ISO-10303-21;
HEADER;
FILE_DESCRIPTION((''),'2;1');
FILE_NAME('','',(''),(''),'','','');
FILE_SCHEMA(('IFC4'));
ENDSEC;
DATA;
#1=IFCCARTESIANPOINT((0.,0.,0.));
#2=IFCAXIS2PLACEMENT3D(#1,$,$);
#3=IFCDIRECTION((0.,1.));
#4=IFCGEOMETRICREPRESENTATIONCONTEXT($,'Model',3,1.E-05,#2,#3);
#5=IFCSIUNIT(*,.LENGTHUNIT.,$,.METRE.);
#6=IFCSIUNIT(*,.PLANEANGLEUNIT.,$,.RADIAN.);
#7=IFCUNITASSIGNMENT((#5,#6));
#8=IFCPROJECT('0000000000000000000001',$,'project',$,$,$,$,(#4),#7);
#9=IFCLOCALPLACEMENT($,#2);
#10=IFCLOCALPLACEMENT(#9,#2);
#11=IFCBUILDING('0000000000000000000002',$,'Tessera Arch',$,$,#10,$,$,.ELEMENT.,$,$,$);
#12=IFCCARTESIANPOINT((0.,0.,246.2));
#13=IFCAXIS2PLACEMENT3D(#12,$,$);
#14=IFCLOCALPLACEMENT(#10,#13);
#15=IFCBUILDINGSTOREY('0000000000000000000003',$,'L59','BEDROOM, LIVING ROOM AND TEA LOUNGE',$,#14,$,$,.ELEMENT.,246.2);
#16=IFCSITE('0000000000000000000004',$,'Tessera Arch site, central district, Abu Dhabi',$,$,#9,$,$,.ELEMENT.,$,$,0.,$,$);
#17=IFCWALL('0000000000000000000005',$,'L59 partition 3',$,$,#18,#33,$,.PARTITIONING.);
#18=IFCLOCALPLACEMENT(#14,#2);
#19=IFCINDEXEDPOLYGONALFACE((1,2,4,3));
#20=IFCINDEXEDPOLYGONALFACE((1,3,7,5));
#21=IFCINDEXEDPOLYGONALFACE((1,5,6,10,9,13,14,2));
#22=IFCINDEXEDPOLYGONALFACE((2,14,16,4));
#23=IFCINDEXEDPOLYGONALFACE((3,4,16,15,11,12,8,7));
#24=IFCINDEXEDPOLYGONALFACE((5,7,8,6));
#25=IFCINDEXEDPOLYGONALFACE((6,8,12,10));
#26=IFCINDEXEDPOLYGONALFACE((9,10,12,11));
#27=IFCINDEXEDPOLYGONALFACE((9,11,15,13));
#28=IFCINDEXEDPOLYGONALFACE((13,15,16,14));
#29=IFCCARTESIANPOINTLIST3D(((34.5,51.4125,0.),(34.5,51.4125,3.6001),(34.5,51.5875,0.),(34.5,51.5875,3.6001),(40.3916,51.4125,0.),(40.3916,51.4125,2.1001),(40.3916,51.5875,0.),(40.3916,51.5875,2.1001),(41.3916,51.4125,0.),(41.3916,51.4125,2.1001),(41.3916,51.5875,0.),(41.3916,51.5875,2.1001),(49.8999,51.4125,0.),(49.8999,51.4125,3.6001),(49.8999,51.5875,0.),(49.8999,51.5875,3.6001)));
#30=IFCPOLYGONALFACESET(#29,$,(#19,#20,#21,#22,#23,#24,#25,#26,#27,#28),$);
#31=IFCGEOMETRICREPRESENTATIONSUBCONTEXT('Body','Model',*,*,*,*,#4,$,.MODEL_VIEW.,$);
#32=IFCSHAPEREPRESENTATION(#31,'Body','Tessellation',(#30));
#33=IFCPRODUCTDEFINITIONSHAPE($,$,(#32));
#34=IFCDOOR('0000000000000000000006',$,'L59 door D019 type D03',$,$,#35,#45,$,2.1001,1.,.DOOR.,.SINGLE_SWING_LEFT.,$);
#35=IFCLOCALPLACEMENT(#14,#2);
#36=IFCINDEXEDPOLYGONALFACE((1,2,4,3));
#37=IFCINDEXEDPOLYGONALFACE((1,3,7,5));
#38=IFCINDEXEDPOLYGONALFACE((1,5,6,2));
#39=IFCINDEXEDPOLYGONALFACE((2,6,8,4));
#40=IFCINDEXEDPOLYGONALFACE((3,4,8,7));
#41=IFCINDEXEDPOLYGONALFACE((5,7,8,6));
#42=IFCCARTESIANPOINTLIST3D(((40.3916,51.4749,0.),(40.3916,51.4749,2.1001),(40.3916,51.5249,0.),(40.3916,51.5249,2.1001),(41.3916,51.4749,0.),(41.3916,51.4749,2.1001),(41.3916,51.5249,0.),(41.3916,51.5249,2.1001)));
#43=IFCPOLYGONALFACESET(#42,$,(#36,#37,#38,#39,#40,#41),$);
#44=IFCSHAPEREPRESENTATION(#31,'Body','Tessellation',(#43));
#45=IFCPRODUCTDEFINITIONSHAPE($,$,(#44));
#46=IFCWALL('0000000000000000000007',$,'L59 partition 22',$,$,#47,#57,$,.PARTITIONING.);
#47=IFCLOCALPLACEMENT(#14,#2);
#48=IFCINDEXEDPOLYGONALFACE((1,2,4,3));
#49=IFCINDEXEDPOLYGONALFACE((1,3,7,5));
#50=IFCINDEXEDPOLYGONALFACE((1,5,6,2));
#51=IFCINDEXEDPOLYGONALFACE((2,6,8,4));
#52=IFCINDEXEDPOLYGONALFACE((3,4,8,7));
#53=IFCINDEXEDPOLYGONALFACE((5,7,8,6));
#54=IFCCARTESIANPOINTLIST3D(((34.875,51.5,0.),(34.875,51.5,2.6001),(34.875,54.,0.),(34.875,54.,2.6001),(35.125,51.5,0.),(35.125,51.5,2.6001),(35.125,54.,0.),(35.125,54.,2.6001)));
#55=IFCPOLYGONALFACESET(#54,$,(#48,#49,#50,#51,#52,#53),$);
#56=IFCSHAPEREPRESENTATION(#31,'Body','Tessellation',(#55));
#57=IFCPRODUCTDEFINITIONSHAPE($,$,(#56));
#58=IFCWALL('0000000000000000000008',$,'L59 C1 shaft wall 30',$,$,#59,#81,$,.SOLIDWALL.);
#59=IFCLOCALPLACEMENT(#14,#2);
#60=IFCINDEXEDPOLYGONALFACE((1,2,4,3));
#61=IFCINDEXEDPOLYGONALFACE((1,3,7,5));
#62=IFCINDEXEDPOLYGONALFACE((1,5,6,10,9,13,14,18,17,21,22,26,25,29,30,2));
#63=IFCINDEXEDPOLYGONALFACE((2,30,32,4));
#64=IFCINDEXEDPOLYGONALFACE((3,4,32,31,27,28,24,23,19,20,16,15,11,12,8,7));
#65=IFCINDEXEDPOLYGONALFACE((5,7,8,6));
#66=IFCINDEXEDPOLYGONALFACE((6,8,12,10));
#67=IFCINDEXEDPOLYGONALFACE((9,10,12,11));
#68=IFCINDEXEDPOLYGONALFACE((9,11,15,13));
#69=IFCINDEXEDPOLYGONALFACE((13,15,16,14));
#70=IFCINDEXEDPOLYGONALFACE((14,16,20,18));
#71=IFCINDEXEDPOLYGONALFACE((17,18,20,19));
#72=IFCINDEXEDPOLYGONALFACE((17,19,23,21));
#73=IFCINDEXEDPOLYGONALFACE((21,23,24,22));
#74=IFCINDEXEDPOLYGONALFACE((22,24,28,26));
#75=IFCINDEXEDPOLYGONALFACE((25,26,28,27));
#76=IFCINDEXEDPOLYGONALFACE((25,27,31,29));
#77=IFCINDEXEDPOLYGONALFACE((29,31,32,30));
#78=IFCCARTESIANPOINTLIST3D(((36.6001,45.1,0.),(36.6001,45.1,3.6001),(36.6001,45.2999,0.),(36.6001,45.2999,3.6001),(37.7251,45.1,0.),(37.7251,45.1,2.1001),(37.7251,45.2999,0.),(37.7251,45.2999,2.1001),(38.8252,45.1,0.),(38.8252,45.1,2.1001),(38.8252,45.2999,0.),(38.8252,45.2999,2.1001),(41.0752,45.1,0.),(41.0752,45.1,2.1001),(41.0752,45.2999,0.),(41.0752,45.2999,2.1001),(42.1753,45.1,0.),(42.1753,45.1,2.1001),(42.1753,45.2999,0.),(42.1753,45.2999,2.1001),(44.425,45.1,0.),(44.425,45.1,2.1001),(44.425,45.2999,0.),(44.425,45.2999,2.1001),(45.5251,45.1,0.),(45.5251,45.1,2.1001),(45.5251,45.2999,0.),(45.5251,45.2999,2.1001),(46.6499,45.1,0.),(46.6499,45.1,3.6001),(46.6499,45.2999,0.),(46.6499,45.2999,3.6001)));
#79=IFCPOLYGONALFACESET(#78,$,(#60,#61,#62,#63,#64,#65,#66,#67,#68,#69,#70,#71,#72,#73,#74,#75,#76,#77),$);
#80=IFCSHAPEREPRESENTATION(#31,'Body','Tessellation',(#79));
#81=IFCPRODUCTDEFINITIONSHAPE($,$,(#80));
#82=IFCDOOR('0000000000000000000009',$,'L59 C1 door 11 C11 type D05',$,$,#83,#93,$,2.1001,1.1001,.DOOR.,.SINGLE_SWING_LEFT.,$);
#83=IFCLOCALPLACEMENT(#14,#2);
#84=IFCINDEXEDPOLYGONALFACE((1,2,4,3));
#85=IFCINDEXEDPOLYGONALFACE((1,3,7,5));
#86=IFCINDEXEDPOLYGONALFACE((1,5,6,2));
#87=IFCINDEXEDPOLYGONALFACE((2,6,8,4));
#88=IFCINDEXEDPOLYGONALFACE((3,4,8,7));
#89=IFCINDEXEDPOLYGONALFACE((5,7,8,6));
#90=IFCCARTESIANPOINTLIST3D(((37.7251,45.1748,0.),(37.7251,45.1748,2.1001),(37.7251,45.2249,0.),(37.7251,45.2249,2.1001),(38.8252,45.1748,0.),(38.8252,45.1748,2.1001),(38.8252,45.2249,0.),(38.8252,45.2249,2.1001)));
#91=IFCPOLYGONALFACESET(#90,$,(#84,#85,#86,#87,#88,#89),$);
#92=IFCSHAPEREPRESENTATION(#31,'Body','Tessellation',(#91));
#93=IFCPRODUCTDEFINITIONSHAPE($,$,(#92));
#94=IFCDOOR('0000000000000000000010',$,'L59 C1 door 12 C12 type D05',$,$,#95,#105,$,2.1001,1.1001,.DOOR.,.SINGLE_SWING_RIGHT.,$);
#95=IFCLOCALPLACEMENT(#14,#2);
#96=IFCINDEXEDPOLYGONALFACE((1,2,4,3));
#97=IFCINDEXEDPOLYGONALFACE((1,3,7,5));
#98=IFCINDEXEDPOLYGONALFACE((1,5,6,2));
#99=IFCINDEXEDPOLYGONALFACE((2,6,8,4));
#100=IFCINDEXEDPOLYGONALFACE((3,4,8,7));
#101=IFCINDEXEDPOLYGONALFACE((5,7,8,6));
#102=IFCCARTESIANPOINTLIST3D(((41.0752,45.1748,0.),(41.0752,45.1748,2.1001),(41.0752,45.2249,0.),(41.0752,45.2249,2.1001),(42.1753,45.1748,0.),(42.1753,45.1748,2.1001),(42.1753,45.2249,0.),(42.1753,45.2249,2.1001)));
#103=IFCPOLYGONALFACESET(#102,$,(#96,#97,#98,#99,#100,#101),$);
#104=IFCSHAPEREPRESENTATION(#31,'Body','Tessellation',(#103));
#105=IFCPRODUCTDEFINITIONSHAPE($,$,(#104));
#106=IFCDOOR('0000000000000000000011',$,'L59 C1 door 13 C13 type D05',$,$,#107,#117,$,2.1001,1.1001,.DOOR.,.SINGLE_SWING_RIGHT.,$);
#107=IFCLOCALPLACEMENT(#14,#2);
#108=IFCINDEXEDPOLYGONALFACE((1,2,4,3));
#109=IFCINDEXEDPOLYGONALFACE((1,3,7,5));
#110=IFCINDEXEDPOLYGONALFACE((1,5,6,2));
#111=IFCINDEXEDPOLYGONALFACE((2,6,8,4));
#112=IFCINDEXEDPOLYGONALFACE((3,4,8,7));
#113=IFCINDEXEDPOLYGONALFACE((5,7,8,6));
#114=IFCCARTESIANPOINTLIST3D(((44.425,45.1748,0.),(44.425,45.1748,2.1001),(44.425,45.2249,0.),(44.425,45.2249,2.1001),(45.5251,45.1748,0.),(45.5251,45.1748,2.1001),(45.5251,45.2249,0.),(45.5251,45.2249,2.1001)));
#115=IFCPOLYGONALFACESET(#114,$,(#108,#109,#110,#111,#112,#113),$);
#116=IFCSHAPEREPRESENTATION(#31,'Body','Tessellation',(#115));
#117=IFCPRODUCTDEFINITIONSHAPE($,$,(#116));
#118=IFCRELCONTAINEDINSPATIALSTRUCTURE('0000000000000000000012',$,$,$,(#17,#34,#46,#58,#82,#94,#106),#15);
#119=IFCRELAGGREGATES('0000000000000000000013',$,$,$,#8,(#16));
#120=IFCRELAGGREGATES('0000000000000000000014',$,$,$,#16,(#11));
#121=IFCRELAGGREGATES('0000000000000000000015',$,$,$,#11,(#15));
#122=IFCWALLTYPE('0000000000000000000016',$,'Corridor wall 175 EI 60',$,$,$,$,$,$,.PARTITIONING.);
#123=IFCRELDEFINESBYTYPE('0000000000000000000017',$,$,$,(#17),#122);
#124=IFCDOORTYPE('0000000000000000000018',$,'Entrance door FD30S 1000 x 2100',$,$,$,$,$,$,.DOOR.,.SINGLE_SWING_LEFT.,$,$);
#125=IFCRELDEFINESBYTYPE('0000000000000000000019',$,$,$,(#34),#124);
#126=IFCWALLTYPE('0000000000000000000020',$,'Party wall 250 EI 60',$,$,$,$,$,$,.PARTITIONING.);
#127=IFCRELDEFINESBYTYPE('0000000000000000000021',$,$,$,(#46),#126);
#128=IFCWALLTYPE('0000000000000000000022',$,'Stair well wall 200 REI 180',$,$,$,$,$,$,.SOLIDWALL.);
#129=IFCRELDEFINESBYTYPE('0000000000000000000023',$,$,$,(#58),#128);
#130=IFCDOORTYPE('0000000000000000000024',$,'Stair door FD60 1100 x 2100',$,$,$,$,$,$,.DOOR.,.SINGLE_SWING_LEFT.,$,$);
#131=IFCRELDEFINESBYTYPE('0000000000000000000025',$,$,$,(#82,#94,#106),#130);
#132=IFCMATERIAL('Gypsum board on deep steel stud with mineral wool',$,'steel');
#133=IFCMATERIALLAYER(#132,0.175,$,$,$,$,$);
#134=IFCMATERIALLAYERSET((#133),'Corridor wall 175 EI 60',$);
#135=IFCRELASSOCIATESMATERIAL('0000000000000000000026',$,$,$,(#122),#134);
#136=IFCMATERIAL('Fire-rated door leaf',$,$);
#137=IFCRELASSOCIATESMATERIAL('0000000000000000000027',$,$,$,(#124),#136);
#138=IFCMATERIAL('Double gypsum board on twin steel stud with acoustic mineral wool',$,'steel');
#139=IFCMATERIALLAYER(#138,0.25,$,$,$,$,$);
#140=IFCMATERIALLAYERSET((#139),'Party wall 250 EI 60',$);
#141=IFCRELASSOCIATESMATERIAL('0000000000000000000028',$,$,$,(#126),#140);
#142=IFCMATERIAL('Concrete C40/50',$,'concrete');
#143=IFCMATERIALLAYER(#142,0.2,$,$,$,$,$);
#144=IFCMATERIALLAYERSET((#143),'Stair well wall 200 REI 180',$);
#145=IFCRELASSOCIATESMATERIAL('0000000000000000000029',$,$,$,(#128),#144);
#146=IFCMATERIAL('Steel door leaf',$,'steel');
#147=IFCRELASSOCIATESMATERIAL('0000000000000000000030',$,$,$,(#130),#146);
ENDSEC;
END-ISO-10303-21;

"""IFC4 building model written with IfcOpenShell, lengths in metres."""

from ifc_helpers import new_model, si_unit, direction, frame, frame_2d, origin, place, context, subcontext, project, spatial, rectangle, extrude, material, layer, layer_set, type_object, element, fill, save


model = new_model("IFC4")

# Units and contexts
model_context = context("Model", 3, precision=1e-05, world=origin(), true_north=direction((0.0, 1.0)))
body_context = subcontext(model_context, "Body", "Model", "MODEL_VIEW")
ifc_project = project(units=[si_unit("LENGTHUNIT", "METRE"), si_unit("PLANEANGLEUNIT", "RADIAN")], contexts=[model_context])

# Site, building, storey
site_placement = place(None, origin())
site = spatial("IfcSite", under=ifc_project, at=site_placement, Name="Tessera Arch site, central district, Abu Dhabi", CompositionType="ELEMENT", RefElevation=0.0)
building_placement = place(site_placement, origin())
building = spatial("IfcBuilding", under=site, at=building_placement, Name="Tessera Arch", CompositionType="ELEMENT")
storey_placement = place(building_placement, frame((0.0, 0.0, 246.2)))
storey = spatial("IfcBuildingStorey", under=building, at=storey_placement, Name="L59", Description="BEDROOM, LIVING ROOM AND TEA LOUNGE", CompositionType="ELEMENT", Elevation=246.2)

# Wall, opening, door
ifc_material_1 = material(Name="Gypsum board on deep steel stud with mineral wool", Category="steel")
ifc_layer_1 = layer(ifc_material_1, 0.175)
ifc_layer_set_1 = layer_set([ifc_layer_1], Name="Corridor wall 175 EI 60")
wall_type_1 = type_object("IfcWallType", Name="Corridor wall 175 EI 60", PredefinedType="PARTITIONING", material=ifc_layer_set_1)
wall_1_placement = place(storey_placement, frame((34.5, 51.5, 0.0), z_axis=(0.0, 0.0, 1.0), x_axis=(1.0, 0.0, 0.0)))
wall_1 = element("IfcWall", 1, at=wall_1_placement, inside=storey, type_object=wall_type_1, Name="L59 partition 3", PredefinedType="PARTITIONING", context=body_context, shape_type="SweptSolid", body=[
    extrude(rectangle(XDim=15.3999, YDim=0.175, at=frame_2d((7.7, 0.0))), origin(), (0.0, 0.0, 1.0), 3.6001),
])
opening_1_placement = place(wall_1_placement, frame((5.8916, 0.0, 0.0)))
opening_1 = element("IfcOpeningElement", 2, at=opening_1_placement, cuts=wall_1, PredefinedType="OPENING", context=body_context, shape_type="SweptSolid", body=[
    extrude(rectangle(XDim=1.0, YDim=2.1001, at=frame_2d((0.5, 1.05))), frame((0.0, 0.0974, 0.0), z_axis=(0.0, -1.0, 0.0), x_axis=(1.0, 0.0, 0.0)), (0.0, 0.0, 1.0), 0.1951),
])
ifc_material_2 = material(Name="Fire-rated door leaf")
door_type_1 = type_object("IfcDoorType", Name="Entrance door FD30S 1000 x 2100", OperationType="SINGLE_SWING_LEFT", PredefinedType="DOOR", material=ifc_material_2)
door_1_placement = place(opening_1_placement, origin())
door_1 = element("IfcDoor", 3, at=door_1_placement, inside=storey, type_object=door_type_1, Name="L59 door D019 type D03", OperationType="SINGLE_SWING_LEFT", OverallHeight=2.1001, OverallWidth=1.0, PredefinedType="DOOR", context=body_context, shape_type="SweptSolid", body=[
    extrude(rectangle(XDim=1.0, YDim=2.1001, at=frame_2d((0.5, 1.05))), frame((0.0, 0.0249, 0.0), z_axis=(0.0, -1.0, 0.0), x_axis=(1.0, 0.0, 0.0)), (0.0, 0.0, 1.0), 0.05),
])
fill(opening_1, door_1)

# Wall
ifc_material_3 = material(Name="Double gypsum board on twin steel stud with acoustic mineral wool", Category="steel")
ifc_layer_2 = layer(ifc_material_3, 0.25)
ifc_layer_set_2 = layer_set([ifc_layer_2], Name="Party wall 250 EI 60")
wall_type_2 = type_object("IfcWallType", Name="Party wall 250 EI 60", PredefinedType="PARTITIONING", material=ifc_layer_set_2)
wall_2_placement = place(storey_placement, frame((35.0, 51.5, 0.0), z_axis=(0.0, 0.0, 1.0), x_axis=(0.0, 1.0, 0.0)))
element("IfcWall", 4, at=wall_2_placement, inside=storey, type_object=wall_type_2, Name="L59 partition 22", PredefinedType="PARTITIONING", context=body_context, shape_type="SweptSolid", body=[
    extrude(rectangle(XDim=2.5, YDim=0.25, at=frame_2d((1.25, 0.0))), origin(), (0.0, 0.0, 1.0), 2.6001),
])

# Wall, openings, doors
ifc_material_4 = material(Name="Concrete C40/50", Category="concrete")
ifc_layer_3 = layer(ifc_material_4, 0.2)
ifc_layer_set_3 = layer_set([ifc_layer_3], Name="Stair well wall 200 REI 180")
wall_type_3 = type_object("IfcWallType", Name="Stair well wall 200 REI 180", PredefinedType="SOLIDWALL", material=ifc_layer_set_3)
wall_3_placement = place(storey_placement, frame((36.6001, 45.2, 0.0), z_axis=(0.0, 0.0, 1.0), x_axis=(1.0, 0.0, 0.0)))
wall_3 = element("IfcWall", 5, at=wall_3_placement, inside=storey, type_object=wall_type_3, Name="L59 C1 shaft wall 30", PredefinedType="SOLIDWALL", context=body_context, shape_type="SweptSolid", body=[
    extrude(rectangle(XDim=10.0498, YDim=0.2, at=frame_2d((5.0249, 0.0))), origin(), (0.0, 0.0, 1.0), 3.6001),
])
opening_2_placement = place(wall_3_placement, frame((1.125, 0.0, 0.0)))
opening_2 = element("IfcOpeningElement", 6, at=opening_2_placement, cuts=wall_3, PredefinedType="OPENING", context=body_context, shape_type="SweptSolid", body=[
    extrude(rectangle(XDim=1.1001, YDim=2.1001, at=frame_2d((0.55, 1.05))), frame((0.0, 0.1099, 0.0), z_axis=(0.0, -1.0, 0.0), x_axis=(1.0, 0.0, 0.0)), (0.0, 0.0, 1.0), 0.22),
])
opening_3_placement = place(wall_3_placement, frame((4.4751, 0.0, 0.0)))
opening_3 = element("IfcOpeningElement", 7, at=opening_3_placement, cuts=wall_3, PredefinedType="OPENING", context=body_context, shape_type="SweptSolid", body=[
    extrude(rectangle(XDim=1.1001, YDim=2.1001, at=frame_2d((0.55, 1.05))), frame((0.0, 0.1099, 0.0), z_axis=(0.0, -1.0, 0.0), x_axis=(1.0, 0.0, 0.0)), (0.0, 0.0, 1.0), 0.22),
])
opening_4_placement = place(wall_3_placement, frame((7.825, 0.0, 0.0)))
opening_4 = element("IfcOpeningElement", 8, at=opening_4_placement, cuts=wall_3, PredefinedType="OPENING", context=body_context, shape_type="SweptSolid", body=[
    extrude(rectangle(XDim=1.1001, YDim=2.1001, at=frame_2d((0.55, 1.05))), frame((0.0, 0.1099, 0.0), z_axis=(0.0, -1.0, 0.0), x_axis=(1.0, 0.0, 0.0)), (0.0, 0.0, 1.0), 0.22),
])
ifc_material_5 = material(Name="Steel door leaf", Category="steel")
door_type_2 = type_object("IfcDoorType", Name="Stair door FD60 1100 x 2100", OperationType="SINGLE_SWING_LEFT", PredefinedType="DOOR", material=ifc_material_5)
door_2_placement = place(opening_2_placement, origin())
door_2 = element("IfcDoor", 9, at=door_2_placement, inside=storey, type_object=door_type_2, Name="L59 C1 door 11 C11 type D05", OperationType="SINGLE_SWING_LEFT", OverallHeight=2.1001, OverallWidth=1.1001, PredefinedType="DOOR", context=body_context, shape_type="SweptSolid", body=[
    extrude(rectangle(XDim=1.1001, YDim=2.1001, at=frame_2d((0.55, 1.05))), frame((0.0, 0.0249, 0.0), z_axis=(0.0, -1.0, 0.0), x_axis=(1.0, 0.0, 0.0)), (0.0, 0.0, 1.0), 0.05),
])
fill(opening_2, door_2)
door_3_placement = place(opening_3_placement, origin())
door_3 = element("IfcDoor", 10, at=door_3_placement, inside=storey, type_object=door_type_2, Name="L59 C1 door 12 C12 type D05", OperationType="SINGLE_SWING_RIGHT", OverallHeight=2.1001, OverallWidth=1.1001, PredefinedType="DOOR", context=body_context, shape_type="SweptSolid", body=[
    extrude(rectangle(XDim=1.1001, YDim=2.1001, at=frame_2d((0.55, 1.05))), frame((0.0, 0.0249, 0.0), z_axis=(0.0, -1.0, 0.0), x_axis=(1.0, 0.0, 0.0)), (0.0, 0.0, 1.0), 0.05),
])
fill(opening_3, door_3)
door_4_placement = place(opening_4_placement, origin())
door_4 = element("IfcDoor", 11, at=door_4_placement, inside=storey, type_object=door_type_2, Name="L59 C1 door 13 C13 type D05", OperationType="SINGLE_SWING_RIGHT", OverallHeight=2.1001, OverallWidth=1.1001, PredefinedType="DOOR", context=body_context, shape_type="SweptSolid", body=[
    extrude(rectangle(XDim=1.1001, YDim=2.1001, at=frame_2d((0.55, 1.05))), frame((0.0, 0.0249, 0.0), z_axis=(0.0, -1.0, 0.0), x_axis=(1.0, 0.0, 0.0)), (0.0, 0.0, 1.0), 0.05),
])
fill(opening_4, door_4)

save(model, "model.ifc")
